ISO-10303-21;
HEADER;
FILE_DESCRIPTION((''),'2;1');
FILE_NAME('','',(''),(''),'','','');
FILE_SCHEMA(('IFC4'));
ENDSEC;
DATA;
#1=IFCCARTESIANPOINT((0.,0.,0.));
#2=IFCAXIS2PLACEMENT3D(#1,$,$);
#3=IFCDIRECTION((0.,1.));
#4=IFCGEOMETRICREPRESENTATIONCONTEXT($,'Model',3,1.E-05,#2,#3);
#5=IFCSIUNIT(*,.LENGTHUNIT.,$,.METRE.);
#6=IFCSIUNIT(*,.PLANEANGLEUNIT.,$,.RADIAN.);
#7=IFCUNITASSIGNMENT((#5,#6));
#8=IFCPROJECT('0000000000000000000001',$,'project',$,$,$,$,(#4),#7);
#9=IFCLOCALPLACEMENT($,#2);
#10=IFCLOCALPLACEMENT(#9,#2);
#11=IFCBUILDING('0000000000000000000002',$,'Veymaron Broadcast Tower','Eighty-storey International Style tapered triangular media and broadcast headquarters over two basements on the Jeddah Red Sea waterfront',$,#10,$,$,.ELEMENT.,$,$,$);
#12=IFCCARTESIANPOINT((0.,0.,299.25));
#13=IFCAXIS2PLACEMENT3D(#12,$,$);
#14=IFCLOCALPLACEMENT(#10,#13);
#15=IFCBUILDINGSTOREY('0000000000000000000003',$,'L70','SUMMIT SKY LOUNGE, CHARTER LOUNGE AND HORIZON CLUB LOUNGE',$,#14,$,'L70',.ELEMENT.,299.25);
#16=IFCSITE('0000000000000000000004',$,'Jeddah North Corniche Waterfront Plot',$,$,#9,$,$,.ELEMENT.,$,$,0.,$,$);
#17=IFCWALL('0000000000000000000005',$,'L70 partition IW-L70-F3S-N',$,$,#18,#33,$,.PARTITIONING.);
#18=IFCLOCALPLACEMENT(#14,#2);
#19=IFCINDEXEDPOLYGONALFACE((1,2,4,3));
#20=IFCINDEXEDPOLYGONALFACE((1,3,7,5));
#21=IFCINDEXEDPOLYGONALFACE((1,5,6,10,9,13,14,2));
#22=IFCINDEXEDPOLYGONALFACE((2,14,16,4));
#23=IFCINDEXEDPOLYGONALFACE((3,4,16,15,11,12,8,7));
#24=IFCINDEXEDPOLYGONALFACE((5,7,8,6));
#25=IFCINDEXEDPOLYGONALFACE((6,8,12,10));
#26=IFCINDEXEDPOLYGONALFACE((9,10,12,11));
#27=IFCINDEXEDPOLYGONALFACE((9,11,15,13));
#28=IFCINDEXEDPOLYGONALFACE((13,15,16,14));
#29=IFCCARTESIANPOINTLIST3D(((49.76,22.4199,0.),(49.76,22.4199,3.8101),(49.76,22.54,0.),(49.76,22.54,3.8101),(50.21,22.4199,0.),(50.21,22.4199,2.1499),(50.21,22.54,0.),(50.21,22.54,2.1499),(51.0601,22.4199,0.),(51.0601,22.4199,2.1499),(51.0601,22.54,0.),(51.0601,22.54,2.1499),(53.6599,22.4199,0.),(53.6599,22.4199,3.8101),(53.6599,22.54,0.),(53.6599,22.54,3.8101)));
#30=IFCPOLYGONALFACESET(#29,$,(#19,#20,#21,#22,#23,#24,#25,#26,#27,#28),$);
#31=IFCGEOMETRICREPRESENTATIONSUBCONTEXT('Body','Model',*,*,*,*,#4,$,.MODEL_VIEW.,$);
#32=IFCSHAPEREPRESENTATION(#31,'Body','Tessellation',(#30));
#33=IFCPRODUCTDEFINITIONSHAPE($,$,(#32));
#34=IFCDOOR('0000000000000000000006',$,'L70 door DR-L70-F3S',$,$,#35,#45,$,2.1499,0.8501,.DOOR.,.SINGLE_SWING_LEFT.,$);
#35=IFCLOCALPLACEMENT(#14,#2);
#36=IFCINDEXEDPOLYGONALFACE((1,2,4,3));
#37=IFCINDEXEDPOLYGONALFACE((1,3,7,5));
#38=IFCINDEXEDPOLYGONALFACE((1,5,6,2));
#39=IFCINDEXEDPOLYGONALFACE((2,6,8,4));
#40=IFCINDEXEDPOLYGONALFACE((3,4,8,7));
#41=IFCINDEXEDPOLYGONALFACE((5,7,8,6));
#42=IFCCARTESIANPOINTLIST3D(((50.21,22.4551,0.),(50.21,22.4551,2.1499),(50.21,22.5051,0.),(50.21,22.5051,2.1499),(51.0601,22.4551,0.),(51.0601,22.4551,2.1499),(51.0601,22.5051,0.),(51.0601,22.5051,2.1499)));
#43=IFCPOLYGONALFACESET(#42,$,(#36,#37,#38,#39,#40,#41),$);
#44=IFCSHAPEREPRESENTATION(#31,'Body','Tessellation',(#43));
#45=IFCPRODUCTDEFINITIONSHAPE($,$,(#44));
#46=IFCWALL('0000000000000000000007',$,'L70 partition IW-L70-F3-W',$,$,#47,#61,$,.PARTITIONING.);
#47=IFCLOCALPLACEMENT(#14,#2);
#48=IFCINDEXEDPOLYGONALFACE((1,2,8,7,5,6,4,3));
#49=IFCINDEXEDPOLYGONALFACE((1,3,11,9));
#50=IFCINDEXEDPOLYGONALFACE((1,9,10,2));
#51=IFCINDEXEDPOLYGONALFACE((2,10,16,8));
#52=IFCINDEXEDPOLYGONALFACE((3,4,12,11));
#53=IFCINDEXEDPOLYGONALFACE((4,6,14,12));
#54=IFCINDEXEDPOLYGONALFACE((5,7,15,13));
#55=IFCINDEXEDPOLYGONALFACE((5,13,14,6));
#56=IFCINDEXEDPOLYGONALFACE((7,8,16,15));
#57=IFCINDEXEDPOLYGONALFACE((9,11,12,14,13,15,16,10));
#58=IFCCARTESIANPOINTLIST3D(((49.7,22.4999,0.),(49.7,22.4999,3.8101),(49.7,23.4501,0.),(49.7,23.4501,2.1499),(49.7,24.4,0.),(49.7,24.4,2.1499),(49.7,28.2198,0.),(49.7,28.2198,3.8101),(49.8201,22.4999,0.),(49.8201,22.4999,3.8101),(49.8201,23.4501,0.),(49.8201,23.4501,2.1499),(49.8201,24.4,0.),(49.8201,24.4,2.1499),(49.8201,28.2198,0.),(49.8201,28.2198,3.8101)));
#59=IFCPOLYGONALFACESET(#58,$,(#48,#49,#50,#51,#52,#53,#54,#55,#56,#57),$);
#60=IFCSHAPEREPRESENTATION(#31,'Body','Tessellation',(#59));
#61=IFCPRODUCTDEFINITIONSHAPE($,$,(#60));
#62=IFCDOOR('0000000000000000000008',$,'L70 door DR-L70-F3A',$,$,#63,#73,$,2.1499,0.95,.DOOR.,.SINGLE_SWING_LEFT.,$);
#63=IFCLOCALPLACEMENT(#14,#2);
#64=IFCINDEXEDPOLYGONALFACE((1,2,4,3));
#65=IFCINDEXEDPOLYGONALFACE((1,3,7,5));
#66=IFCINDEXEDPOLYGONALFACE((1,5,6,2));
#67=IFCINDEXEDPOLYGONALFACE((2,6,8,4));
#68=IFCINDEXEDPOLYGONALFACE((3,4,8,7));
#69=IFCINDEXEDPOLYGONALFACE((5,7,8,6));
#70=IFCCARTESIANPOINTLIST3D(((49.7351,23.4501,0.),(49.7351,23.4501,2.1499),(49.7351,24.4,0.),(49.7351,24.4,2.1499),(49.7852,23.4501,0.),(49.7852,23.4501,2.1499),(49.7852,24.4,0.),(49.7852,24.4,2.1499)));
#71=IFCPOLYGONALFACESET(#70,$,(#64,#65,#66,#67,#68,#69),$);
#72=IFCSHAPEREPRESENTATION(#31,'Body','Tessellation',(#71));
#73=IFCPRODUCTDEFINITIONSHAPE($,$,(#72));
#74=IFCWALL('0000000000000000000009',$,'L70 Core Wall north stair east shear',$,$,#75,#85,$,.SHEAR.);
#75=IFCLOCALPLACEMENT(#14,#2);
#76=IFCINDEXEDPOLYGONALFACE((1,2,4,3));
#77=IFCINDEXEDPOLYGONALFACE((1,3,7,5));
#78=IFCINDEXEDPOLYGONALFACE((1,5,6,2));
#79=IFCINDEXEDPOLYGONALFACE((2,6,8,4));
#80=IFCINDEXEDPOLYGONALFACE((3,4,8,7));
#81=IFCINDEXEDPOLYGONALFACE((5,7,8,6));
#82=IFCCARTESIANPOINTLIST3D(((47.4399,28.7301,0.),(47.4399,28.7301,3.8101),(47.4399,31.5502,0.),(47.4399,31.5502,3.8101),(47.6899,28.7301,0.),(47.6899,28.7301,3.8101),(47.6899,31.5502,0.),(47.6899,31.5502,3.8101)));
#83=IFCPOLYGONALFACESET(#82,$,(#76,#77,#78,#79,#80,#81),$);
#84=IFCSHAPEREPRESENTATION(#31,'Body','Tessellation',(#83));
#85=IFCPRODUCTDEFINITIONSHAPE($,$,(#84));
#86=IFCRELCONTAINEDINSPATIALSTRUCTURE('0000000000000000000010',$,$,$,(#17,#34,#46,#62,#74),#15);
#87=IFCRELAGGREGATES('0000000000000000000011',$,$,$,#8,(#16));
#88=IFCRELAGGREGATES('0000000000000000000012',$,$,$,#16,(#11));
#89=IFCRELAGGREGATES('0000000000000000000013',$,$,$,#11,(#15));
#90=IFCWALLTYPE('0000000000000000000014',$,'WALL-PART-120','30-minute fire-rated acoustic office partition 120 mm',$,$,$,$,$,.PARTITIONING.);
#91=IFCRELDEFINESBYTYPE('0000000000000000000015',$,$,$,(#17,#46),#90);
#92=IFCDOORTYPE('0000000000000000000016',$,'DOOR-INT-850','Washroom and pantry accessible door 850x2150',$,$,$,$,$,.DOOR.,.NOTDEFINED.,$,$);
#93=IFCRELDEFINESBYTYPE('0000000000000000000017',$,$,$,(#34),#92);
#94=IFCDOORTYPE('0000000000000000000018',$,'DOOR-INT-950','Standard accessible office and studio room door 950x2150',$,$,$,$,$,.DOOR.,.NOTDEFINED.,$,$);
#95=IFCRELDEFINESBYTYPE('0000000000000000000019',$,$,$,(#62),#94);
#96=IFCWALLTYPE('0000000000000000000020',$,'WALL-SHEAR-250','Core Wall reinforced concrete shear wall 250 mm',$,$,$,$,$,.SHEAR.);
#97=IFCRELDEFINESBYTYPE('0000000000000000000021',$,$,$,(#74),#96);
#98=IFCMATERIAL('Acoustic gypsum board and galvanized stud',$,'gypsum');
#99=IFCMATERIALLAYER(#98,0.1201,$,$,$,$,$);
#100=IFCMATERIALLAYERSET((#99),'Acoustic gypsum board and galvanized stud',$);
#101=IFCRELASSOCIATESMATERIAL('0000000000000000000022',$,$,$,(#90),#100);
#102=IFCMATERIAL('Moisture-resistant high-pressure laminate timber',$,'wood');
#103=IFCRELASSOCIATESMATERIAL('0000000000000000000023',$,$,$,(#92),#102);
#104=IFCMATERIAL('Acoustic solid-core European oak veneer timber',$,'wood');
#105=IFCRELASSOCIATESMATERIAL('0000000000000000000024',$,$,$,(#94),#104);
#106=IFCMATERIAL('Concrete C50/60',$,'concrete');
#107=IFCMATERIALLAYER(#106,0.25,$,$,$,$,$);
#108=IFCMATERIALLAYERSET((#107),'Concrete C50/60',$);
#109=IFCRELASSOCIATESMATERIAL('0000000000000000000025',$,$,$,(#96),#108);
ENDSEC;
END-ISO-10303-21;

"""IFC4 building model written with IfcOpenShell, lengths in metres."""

from ifc_helpers import new_model, si_unit, direction, frame, frame_2d, origin, place, context, subcontext, project, spatial, rectangle, extrude, material, layer, layer_set, type_object, element, fill, save


model = new_model("IFC4")

# Units and contexts
model_context = context("Model", 3, precision=1e-05, world=origin(), true_north=direction((0.0, 1.0)))
body_context = subcontext(model_context, "Body", "Model", "MODEL_VIEW")
ifc_project = project(units=[si_unit("LENGTHUNIT", "METRE"), si_unit("PLANEANGLEUNIT", "RADIAN")], contexts=[model_context])

# Site, building, storey
site_placement = place(None, origin())
site = spatial("IfcSite", under=ifc_project, at=site_placement, Name="Jeddah North Corniche Waterfront Plot", CompositionType="ELEMENT", RefElevation=0.0)
building_placement = place(site_placement, origin())
building = spatial("IfcBuilding", under=site, at=building_placement, Name="Veymaron Broadcast Tower", Description="Eighty-storey International Style tapered triangular media and broadcast headquarters over two basements on the Jeddah Red Sea waterfront", CompositionType="ELEMENT")
storey_placement = place(building_placement, frame((0.0, 0.0, 299.25)))
storey = spatial("IfcBuildingStorey", under=building, at=storey_placement, Name="L70", Description="SUMMIT SKY LOUNGE, CHARTER LOUNGE AND HORIZON CLUB LOUNGE", LongName="L70", CompositionType="ELEMENT", Elevation=299.25)

# Walls, openings, doors
ifc_material_1 = material(Name="Acoustic gypsum board and galvanized stud", Category="gypsum")
ifc_layer_1 = layer(ifc_material_1, 0.1201)
ifc_layer_set_1 = layer_set([ifc_layer_1], Name="Acoustic gypsum board and galvanized stud")
wall_type_1 = type_object("IfcWallType", Name="WALL-PART-120", Description="30-minute fire-rated acoustic office partition 120 mm", PredefinedType="PARTITIONING", material=ifc_layer_set_1)
wall_1_placement = place(storey_placement, frame((49.76, 22.48, 0.0), z_axis=(0.0, 0.0, 1.0), x_axis=(1.0, 0.0, 0.0)))
wall_1 = element("IfcWall", 1, at=wall_1_placement, inside=storey, type_object=wall_type_1, Name="L70 partition IW-L70-F3S-N", PredefinedType="PARTITIONING", context=body_context, shape_type="SweptSolid", body=[
    extrude(rectangle(XDim=3.8999, YDim=0.1201, at=frame_2d((1.95, 0.0))), origin(), (0.0, 0.0, 1.0), 3.8101),
])
opening_1_placement = place(wall_1_placement, frame((0.45, 0.0, 0.0)))
opening_1 = element("IfcOpeningElement", 2, at=opening_1_placement, cuts=wall_1, PredefinedType="OPENING", context=body_context, shape_type="SweptSolid", body=[
    extrude(rectangle(XDim=0.8501, YDim=2.1499, at=frame_2d((0.425, 1.075))), frame((0.0, 0.0701, 0.0), z_axis=(0.0, -1.0, 0.0), x_axis=(1.0, 0.0, 0.0)), (0.0, 0.0, 1.0), 0.1401),
])
ifc_material_2 = material(Name="Moisture-resistant high-pressure laminate timber", Category="wood")
door_type_1 = type_object("IfcDoorType", Name="DOOR-INT-850", Description="Washroom and pantry accessible door 850x2150", OperationType="NOTDEFINED", PredefinedType="DOOR", material=ifc_material_2)
door_1_placement = place(opening_1_placement, frame((0.8501, 0.0, 0.0), z_axis=(0.0, 0.0, 1.0), x_axis=(-1.0, 0.0, 0.0)))
door_1 = element("IfcDoor", 3, at=door_1_placement, inside=storey, type_object=door_type_1, Name="L70 door DR-L70-F3S", OperationType="SINGLE_SWING_LEFT", OverallHeight=2.1499, OverallWidth=0.8501, PredefinedType="DOOR", context=body_context, shape_type="SweptSolid", body=[
    extrude(rectangle(XDim=0.8501, YDim=2.1499, at=frame_2d((0.425, 1.075))), frame((0.0, 0.0249, 0.0), z_axis=(0.0, -1.0, 0.0), x_axis=(1.0, 0.0, 0.0)), (0.0, 0.0, 1.0), 0.05),
])
fill(opening_1, door_1)
wall_2_placement = place(storey_placement, frame((49.76, 22.5, 0.0), z_axis=(0.0, 0.0, 1.0), x_axis=(0.0, 1.0, 0.0)))
wall_2 = element("IfcWall", 4, at=wall_2_placement, inside=storey, type_object=wall_type_1, Name="L70 partition IW-L70-F3-W", PredefinedType="PARTITIONING", context=body_context, shape_type="SweptSolid", body=[
    extrude(rectangle(XDim=5.72, YDim=0.1201, at=frame_2d((2.8599, 0.0))), origin(), (0.0, 0.0, 1.0), 3.8101),
])
opening_2_placement = place(wall_2_placement, frame((0.95, 0.0, 0.0)))
opening_2 = element("IfcOpeningElement", 5, at=opening_2_placement, cuts=wall_2, PredefinedType="OPENING", context=body_context, shape_type="SweptSolid", body=[
    extrude(rectangle(XDim=0.95, YDim=2.1499, at=frame_2d((0.4751, 1.075))), frame((0.0, 0.0701, 0.0), z_axis=(0.0, -1.0, 0.0), x_axis=(1.0, 0.0, 0.0)), (0.0, 0.0, 1.0), 0.1401),
])
ifc_material_3 = material(Name="Acoustic solid-core European oak veneer timber", Category="wood")
door_type_2 = type_object("IfcDoorType", Name="DOOR-INT-950", Description="Standard accessible office and studio room door 950x2150", OperationType="NOTDEFINED", PredefinedType="DOOR", material=ifc_material_3)
door_2_placement = place(opening_2_placement, origin())
door_2 = element("IfcDoor", 6, at=door_2_placement, inside=storey, type_object=door_type_2, Name="L70 door DR-L70-F3A", OperationType="SINGLE_SWING_LEFT", OverallHeight=2.1499, OverallWidth=0.95, PredefinedType="DOOR", context=body_context, shape_type="SweptSolid", body=[
    extrude(rectangle(XDim=0.95, YDim=2.1499, at=frame_2d((0.4751, 1.075))), frame((0.0, 0.0249, 0.0), z_axis=(0.0, -1.0, 0.0), x_axis=(1.0, 0.0, 0.0)), (0.0, 0.0, 1.0), 0.05),
])
fill(opening_2, door_2)

# Wall
ifc_material_4 = material(Name="Concrete C50/60", Category="concrete")
ifc_layer_2 = layer(ifc_material_4, 0.25)
ifc_layer_set_2 = layer_set([ifc_layer_2], Name="Concrete C50/60")
wall_type_2 = type_object("IfcWallType", Name="WALL-SHEAR-250", Description="Core Wall reinforced concrete shear wall 250 mm", PredefinedType="SHEAR", material=ifc_layer_set_2)
wall_3_placement = place(storey_placement, frame((47.5649, 28.73, 0.0), z_axis=(0.0, 0.0, 1.0), x_axis=(0.0, 1.0, 0.0)))
element("IfcWall", 7, at=wall_3_placement, inside=storey, type_object=wall_type_2, Name="L70 Core Wall north stair east shear", PredefinedType="SHEAR", context=body_context, shape_type="SweptSolid", body=[
    extrude(rectangle(XDim=2.8201, YDim=0.25, at=frame_2d((1.4102, 0.0))), origin(), (0.0, 0.0, 1.0), 3.8101),
])

save(model, "model.ifc")
